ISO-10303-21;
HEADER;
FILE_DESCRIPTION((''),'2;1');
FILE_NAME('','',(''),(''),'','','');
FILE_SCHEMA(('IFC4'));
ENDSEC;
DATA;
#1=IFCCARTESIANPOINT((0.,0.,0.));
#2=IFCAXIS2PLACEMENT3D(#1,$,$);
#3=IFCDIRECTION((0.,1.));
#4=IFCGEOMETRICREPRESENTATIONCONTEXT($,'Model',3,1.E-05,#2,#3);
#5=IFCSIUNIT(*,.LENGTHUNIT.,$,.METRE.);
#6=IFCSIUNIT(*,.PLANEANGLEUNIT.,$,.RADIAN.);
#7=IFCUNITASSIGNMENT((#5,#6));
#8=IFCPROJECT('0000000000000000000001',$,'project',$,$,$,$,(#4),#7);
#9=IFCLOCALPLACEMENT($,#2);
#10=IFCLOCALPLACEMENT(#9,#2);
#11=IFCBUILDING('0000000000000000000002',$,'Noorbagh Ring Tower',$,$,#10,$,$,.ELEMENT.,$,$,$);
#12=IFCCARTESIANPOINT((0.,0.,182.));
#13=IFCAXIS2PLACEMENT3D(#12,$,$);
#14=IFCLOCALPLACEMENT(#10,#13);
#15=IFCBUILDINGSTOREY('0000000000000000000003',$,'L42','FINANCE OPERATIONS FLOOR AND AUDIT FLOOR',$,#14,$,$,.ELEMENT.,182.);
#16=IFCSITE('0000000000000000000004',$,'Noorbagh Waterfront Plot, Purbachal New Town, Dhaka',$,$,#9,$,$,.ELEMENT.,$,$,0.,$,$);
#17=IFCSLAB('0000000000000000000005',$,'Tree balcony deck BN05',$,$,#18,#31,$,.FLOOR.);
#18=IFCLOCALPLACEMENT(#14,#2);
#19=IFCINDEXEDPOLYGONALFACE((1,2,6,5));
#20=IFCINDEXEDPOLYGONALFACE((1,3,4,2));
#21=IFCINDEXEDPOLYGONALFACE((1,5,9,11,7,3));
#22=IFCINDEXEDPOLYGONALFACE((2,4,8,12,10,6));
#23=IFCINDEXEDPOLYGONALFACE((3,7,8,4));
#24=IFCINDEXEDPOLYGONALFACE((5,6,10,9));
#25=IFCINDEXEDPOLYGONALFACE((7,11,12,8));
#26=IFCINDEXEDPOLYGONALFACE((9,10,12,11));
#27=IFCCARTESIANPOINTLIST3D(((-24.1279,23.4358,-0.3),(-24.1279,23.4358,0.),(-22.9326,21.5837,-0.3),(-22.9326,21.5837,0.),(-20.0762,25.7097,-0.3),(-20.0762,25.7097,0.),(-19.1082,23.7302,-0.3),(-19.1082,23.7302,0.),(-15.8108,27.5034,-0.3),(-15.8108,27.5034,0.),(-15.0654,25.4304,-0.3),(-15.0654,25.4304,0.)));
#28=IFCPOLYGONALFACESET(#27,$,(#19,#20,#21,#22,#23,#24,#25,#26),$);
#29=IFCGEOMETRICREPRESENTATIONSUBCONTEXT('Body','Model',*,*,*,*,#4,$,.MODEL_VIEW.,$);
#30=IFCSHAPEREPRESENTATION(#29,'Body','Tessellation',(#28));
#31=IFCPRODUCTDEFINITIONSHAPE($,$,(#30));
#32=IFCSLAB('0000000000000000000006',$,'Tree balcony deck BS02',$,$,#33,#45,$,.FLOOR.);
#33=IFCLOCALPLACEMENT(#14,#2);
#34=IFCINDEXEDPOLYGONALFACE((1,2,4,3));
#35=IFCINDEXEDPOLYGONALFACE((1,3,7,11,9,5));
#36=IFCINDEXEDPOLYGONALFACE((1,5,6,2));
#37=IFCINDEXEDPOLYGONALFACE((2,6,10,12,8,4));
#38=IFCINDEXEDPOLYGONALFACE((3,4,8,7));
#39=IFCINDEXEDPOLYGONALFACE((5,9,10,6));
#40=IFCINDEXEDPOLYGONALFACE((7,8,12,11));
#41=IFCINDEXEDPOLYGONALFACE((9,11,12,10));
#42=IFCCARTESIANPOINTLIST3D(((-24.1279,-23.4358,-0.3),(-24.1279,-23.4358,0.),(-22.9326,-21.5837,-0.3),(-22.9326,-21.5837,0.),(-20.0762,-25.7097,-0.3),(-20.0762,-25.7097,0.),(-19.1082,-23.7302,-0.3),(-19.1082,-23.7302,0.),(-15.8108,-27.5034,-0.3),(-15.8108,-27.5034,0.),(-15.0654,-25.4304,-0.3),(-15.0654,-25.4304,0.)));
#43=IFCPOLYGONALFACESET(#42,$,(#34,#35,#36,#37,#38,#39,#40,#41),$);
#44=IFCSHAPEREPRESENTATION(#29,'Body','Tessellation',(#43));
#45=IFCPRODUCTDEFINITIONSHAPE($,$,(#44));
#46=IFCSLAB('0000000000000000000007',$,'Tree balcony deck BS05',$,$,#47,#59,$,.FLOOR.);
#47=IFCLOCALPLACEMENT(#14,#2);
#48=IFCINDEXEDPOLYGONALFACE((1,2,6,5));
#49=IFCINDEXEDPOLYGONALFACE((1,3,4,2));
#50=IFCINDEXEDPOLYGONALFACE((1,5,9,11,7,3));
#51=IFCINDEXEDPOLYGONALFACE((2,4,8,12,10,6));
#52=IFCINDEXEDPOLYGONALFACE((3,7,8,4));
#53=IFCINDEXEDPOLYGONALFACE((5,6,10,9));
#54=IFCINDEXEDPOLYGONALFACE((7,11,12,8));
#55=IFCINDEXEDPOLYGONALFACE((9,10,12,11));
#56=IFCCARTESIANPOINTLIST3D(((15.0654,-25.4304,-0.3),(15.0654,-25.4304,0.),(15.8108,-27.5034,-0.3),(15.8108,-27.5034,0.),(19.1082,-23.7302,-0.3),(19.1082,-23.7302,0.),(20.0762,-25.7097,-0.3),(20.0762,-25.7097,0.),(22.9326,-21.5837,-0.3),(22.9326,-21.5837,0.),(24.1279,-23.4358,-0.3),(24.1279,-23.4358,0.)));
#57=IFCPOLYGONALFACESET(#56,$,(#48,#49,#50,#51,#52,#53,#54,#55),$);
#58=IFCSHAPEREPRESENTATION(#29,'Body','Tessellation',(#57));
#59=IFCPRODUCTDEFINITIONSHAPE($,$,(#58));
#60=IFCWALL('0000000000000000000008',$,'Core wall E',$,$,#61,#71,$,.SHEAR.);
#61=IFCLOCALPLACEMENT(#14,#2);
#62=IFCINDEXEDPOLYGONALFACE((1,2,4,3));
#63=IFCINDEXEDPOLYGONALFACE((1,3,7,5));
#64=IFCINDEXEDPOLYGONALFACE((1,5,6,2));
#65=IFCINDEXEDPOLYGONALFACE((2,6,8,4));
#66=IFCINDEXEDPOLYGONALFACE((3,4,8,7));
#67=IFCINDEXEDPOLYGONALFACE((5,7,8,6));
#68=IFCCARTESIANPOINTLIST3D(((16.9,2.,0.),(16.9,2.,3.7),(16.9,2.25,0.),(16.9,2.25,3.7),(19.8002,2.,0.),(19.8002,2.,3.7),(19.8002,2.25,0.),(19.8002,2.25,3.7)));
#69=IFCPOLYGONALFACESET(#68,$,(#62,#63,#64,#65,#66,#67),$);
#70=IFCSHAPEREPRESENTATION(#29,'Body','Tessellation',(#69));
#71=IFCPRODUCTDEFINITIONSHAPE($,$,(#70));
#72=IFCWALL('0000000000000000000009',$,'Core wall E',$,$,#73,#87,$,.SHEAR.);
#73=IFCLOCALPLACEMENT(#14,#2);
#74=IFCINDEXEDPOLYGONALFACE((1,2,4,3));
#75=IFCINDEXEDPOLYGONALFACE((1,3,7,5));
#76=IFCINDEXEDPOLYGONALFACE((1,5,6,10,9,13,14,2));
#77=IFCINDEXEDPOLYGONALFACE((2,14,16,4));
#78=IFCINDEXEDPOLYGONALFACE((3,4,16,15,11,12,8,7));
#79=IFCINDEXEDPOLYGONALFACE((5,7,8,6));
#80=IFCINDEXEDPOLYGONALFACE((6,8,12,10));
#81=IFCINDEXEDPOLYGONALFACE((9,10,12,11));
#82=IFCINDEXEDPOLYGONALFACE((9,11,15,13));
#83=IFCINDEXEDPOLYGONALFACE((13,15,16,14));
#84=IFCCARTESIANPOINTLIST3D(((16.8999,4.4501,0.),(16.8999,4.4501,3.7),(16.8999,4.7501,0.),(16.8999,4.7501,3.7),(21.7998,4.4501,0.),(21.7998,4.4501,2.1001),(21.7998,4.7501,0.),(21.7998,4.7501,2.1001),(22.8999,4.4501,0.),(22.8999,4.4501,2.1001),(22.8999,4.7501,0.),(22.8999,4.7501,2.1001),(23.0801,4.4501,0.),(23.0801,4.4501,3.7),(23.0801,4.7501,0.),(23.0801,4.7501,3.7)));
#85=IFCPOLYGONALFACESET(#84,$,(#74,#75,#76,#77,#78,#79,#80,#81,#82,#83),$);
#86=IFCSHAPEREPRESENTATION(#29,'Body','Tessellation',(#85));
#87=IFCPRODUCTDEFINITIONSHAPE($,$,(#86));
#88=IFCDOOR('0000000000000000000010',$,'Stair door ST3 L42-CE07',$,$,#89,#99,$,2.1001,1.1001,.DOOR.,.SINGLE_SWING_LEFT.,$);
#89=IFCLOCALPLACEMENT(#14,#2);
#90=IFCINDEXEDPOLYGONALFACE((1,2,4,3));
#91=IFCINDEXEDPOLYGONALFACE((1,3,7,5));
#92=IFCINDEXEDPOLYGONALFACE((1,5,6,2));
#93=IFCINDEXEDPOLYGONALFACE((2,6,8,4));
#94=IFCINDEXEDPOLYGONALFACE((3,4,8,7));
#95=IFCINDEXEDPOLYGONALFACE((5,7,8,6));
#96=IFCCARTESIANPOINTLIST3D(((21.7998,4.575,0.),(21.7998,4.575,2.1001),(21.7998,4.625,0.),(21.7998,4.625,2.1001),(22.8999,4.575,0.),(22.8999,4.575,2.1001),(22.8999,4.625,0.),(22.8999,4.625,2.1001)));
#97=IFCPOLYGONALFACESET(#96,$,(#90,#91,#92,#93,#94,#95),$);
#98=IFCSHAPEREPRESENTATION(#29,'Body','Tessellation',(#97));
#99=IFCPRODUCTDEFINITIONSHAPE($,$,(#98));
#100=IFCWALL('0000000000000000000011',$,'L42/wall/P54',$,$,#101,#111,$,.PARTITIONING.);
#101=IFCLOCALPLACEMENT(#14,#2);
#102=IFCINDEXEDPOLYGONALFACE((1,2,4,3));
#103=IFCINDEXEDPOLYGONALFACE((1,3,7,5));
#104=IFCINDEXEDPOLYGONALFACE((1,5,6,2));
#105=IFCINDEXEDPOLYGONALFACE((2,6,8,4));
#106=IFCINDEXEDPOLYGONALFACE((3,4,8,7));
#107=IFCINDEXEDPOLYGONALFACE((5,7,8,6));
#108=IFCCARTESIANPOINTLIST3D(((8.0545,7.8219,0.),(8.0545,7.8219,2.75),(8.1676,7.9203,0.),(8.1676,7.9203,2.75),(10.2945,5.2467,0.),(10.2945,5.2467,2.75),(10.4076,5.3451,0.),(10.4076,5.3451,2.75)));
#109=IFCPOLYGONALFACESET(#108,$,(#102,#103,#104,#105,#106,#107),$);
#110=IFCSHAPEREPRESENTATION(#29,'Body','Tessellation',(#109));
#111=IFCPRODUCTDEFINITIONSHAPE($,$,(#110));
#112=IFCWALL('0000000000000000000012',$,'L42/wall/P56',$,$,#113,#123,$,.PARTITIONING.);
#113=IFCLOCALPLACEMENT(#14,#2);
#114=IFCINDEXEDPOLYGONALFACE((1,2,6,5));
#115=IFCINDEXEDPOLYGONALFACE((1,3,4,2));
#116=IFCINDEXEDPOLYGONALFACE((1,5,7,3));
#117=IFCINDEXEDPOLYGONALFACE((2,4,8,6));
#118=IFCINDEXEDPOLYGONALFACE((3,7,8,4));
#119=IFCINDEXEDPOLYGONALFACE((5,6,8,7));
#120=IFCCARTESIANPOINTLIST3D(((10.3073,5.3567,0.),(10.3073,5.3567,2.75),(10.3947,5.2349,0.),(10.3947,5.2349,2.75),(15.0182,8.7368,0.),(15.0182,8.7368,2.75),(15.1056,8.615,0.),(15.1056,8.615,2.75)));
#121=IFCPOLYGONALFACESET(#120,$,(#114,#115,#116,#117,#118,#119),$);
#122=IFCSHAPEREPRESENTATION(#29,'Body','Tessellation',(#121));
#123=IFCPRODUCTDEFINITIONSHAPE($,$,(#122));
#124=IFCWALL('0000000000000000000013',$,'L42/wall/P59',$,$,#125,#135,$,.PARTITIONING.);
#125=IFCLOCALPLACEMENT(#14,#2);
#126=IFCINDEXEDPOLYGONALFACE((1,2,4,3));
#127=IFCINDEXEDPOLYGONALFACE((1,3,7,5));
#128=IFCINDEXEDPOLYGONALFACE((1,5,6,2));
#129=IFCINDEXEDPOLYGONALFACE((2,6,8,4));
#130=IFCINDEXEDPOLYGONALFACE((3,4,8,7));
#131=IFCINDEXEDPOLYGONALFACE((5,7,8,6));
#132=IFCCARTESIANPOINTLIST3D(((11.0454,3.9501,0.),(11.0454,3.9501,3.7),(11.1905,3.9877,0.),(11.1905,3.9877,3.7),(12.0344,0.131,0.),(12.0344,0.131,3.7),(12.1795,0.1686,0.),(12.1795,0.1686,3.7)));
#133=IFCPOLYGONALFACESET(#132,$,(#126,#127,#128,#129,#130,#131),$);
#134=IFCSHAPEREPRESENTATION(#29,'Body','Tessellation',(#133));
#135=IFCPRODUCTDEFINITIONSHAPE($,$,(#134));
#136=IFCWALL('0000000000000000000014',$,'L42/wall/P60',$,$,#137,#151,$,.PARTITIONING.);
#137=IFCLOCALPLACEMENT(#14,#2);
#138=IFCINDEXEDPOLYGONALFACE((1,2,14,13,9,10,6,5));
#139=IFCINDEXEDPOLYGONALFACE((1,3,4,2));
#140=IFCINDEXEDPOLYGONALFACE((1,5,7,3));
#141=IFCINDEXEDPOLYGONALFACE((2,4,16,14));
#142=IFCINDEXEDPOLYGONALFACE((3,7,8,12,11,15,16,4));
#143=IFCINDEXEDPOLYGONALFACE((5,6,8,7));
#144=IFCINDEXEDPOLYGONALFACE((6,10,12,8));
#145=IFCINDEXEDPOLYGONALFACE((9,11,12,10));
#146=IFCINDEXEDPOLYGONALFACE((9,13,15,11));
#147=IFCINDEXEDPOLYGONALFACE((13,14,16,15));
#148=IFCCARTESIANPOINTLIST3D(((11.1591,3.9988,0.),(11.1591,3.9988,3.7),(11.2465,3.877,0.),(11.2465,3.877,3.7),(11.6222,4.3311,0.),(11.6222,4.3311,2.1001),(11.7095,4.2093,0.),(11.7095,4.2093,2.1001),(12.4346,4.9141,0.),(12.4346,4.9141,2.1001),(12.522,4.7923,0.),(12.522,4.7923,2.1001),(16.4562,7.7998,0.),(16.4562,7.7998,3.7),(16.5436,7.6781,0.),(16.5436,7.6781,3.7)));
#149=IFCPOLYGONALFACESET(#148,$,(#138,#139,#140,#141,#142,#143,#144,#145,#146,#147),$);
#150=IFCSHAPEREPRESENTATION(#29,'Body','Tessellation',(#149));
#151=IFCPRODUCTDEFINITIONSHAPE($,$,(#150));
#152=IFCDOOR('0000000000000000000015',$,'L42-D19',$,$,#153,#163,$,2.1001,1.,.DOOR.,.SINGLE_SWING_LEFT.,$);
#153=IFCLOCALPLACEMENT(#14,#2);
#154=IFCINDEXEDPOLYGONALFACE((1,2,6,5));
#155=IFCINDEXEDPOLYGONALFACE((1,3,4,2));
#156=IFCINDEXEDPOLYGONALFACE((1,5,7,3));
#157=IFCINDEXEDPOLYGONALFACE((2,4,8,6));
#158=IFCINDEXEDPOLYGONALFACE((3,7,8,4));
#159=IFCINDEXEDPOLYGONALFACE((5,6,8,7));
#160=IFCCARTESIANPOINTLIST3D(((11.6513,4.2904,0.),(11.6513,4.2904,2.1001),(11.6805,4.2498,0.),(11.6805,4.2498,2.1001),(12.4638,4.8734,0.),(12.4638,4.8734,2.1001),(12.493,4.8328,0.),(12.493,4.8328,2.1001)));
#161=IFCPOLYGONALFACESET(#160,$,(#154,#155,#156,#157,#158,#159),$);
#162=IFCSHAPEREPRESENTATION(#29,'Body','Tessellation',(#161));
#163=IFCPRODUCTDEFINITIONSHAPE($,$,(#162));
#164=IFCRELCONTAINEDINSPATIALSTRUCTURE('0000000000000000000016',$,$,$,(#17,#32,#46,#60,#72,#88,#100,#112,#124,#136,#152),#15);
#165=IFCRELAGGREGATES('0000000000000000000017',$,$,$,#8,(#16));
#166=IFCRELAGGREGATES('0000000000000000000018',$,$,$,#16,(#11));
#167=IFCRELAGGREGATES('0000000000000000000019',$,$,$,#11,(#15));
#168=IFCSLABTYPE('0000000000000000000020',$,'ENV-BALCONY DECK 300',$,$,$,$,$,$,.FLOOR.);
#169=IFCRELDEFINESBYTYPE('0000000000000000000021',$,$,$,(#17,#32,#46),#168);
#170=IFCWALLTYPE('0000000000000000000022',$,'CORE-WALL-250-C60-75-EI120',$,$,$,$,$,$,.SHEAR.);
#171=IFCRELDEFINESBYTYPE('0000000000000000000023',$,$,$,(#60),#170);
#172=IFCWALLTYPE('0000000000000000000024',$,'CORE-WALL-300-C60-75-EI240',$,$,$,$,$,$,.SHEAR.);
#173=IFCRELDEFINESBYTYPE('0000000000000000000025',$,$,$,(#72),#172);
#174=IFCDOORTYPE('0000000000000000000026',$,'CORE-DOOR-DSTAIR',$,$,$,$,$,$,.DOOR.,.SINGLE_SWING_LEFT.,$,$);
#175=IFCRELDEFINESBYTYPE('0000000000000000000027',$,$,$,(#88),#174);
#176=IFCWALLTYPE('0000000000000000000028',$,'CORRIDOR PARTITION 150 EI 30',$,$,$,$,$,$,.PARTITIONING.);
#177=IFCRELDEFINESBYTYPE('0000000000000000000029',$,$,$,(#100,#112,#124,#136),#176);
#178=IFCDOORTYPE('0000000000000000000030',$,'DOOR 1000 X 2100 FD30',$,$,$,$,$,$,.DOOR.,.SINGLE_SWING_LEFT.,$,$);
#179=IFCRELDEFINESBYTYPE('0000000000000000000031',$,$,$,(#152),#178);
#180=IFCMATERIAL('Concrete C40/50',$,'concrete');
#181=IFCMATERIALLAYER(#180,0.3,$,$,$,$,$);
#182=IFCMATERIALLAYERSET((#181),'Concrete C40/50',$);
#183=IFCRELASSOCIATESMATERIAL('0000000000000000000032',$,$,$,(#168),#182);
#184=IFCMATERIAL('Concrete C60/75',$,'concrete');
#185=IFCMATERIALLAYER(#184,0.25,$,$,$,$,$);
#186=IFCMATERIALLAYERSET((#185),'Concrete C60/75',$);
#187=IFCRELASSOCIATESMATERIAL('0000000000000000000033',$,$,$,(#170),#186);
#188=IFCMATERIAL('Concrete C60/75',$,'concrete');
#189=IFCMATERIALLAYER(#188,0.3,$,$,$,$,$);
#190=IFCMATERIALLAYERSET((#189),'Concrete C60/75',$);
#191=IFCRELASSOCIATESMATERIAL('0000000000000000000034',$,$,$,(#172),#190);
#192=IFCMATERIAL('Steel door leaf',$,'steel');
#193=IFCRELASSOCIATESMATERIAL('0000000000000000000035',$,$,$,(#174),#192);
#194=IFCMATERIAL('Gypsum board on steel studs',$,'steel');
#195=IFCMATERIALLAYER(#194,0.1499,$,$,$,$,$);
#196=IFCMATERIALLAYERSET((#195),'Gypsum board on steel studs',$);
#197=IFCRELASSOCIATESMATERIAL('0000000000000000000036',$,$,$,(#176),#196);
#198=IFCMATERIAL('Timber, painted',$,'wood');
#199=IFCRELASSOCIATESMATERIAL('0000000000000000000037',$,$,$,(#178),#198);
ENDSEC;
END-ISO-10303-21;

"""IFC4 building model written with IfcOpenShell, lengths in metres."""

from ifc_helpers import new_model, si_unit, direction, frame, frame_2d, origin, place, context, subcontext, project, spatial, polyline, rectangle, outline, extrude, material, layer, layer_set, type_object, element, fill, save


model = new_model("IFC4")

# Units and contexts
model_context = context("Model", 3, precision=1e-05, world=origin(), true_north=direction((0.0, 1.0)))
body_context = subcontext(model_context, "Body", "Model", "MODEL_VIEW")
ifc_project = project(units=[si_unit("LENGTHUNIT", "METRE"), si_unit("PLANEANGLEUNIT", "RADIAN")], contexts=[model_context])

# Site, building, storey
site_placement = place(None, origin())
site = spatial("IfcSite", under=ifc_project, at=site_placement, Name="Noorbagh Waterfront Plot, Purbachal New Town, Dhaka", CompositionType="ELEMENT", RefElevation=0.0)
building_placement = place(site_placement, origin())
building = spatial("IfcBuilding", under=site, at=building_placement, Name="Noorbagh Ring Tower", CompositionType="ELEMENT")
storey_placement = place(building_placement, frame((0.0, 0.0, 182.0)))
storey = spatial("IfcBuildingStorey", under=building, at=storey_placement, Name="L42", Description="FINANCE OPERATIONS FLOOR AND AUDIT FLOOR", CompositionType="ELEMENT", Elevation=182.0)

# Slabs
ifc_material_1 = material(Name="Concrete C40/50", Category="concrete")
ifc_layer_1 = layer(ifc_material_1, 0.3)
ifc_layer_set_1 = layer_set([ifc_layer_1], Name="Concrete C40/50")
slab_type = type_object("IfcSlabType", Name="ENV-BALCONY DECK 300", PredefinedType="FLOOR", material=ifc_layer_set_1)
slab_1_placement = place(storey_placement, frame((0.0, 0.0, -0.3)))
element("IfcSlab", 1, at=slab_1_placement, inside=storey, type_object=slab_type, Name="Tree balcony deck BN05", PredefinedType="FLOOR", context=body_context, shape_type="SweptSolid", body=[
    extrude(outline(polyline([(-15.8108, 27.5034), (-20.0762, 25.7097), (-24.1279, 23.4358), (-22.9326, 21.5837), (-19.1082, 23.7302), (-15.0654, 25.4304), (-15.8108, 27.5034)])), origin(), (0.0, 0.0, 1.0), 0.3),
])
slab_2_placement = place(storey_placement, frame((0.0, 0.0, -0.3)))
element("IfcSlab", 2, at=slab_2_placement, inside=storey, type_object=slab_type, Name="Tree balcony deck BS02", PredefinedType="FLOOR", context=body_context, shape_type="SweptSolid", body=[
    extrude(outline(polyline([(-24.1279, -23.4358), (-20.0762, -25.7097), (-15.8108, -27.5034), (-15.0654, -25.4304), (-19.1082, -23.7302), (-22.9326, -21.5837), (-24.1279, -23.4358)])), origin(), (0.0, 0.0, 1.0), 0.3),
])
slab_3_placement = place(storey_placement, frame((0.0, 0.0, -0.3)))
element("IfcSlab", 3, at=slab_3_placement, inside=storey, type_object=slab_type, Name="Tree balcony deck BS05", PredefinedType="FLOOR", context=body_context, shape_type="SweptSolid", body=[
    extrude(outline(polyline([(15.8108, -27.5034), (20.0762, -25.7097), (24.1279, -23.4358), (22.9326, -21.5837), (19.1082, -23.7302), (15.0654, -25.4304), (15.8108, -27.5034)])), origin(), (0.0, 0.0, 1.0), 0.3),
])

# Wall
ifc_material_2 = material(Name="Concrete C60/75", Category="concrete")
ifc_layer_2 = layer(ifc_material_2, 0.25)
ifc_layer_set_2 = layer_set([ifc_layer_2], Name="Concrete C60/75")
wall_type_1 = type_object("IfcWallType", Name="CORE-WALL-250-C60-75-EI120", PredefinedType="SHEAR", material=ifc_layer_set_2)
wall_1_placement = place(storey_placement, frame((16.8999, 2.125, 0.0), z_axis=(0.0, 0.0, 1.0), x_axis=(1.0, 0.0, 0.0)))
element("IfcWall", 4, at=wall_1_placement, inside=storey, type_object=wall_type_1, Name="Core wall E", PredefinedType="SHEAR", context=body_context, shape_type="SweptSolid", body=[
    extrude(rectangle(XDim=2.9001, YDim=0.25, at=frame_2d((1.4502, 0.0))), origin(), (0.0, 0.0, 1.0), 3.7),
])

# Wall, opening, door
ifc_material_3 = material(Name="Concrete C60/75", Category="concrete")
ifc_layer_3 = layer(ifc_material_3, 0.3)
ifc_layer_set_3 = layer_set([ifc_layer_3], Name="Concrete C60/75")
wall_type_2 = type_object("IfcWallType", Name="CORE-WALL-300-C60-75-EI240", PredefinedType="SHEAR", material=ifc_layer_set_3)
wall_2_placement = place(storey_placement, frame((16.8999, 4.6001, 0.0), z_axis=(0.0, 0.0, 1.0), x_axis=(1.0, 0.0, 0.0)))
wall_2 = element("IfcWall", 5, at=wall_2_placement, inside=storey, type_object=wall_type_2, Name="Core wall E", PredefinedType="SHEAR", context=body_context, shape_type="SweptSolid", body=[
    extrude(rectangle(XDim=6.1802, YDim=0.3, at=frame_2d((3.0901, 0.0))), origin(), (0.0, 0.0, 1.0), 3.7),
])
opening_1_placement = place(wall_2_placement, frame((4.8999, 0.0, 0.0)))
opening_1 = element("IfcOpeningElement", 6, at=opening_1_placement, cuts=wall_2, PredefinedType="OPENING", context=body_context, shape_type="SweptSolid", body=[
    extrude(rectangle(XDim=1.1001, YDim=2.1001, at=frame_2d((0.55, 1.05))), frame((0.0, 0.1602, 0.0), z_axis=(0.0, -1.0, 0.0), x_axis=(1.0, 0.0, 0.0)), (0.0, 0.0, 1.0), 0.3201),
])
ifc_material_4 = material(Name="Steel door leaf", Category="steel")
door_type_1 = type_object("IfcDoorType", Name="CORE-DOOR-DSTAIR", OperationType="SINGLE_SWING_LEFT", PredefinedType="DOOR", material=ifc_material_4)
door_1_placement = place(opening_1_placement, origin())
door_1 = element("IfcDoor", 7, at=door_1_placement, inside=storey, type_object=door_type_1, Name="Stair door ST3 L42-CE07", OperationType="SINGLE_SWING_LEFT", OverallHeight=2.1001, OverallWidth=1.1001, PredefinedType="DOOR", context=body_context, shape_type="SweptSolid", body=[
    extrude(rectangle(XDim=1.1001, YDim=2.1001, at=frame_2d((0.55, 1.05))), frame((0.0, 0.0249, 0.0), z_axis=(0.0, -1.0, 0.0), x_axis=(1.0, 0.0, 0.0)), (0.0, 0.0, 1.0), 0.05),
])
fill(opening_1, door_1)

# Walls
ifc_material_5 = material(Name="Gypsum board on steel studs", Category="steel")
ifc_layer_4 = layer(ifc_material_5, 0.1499)
ifc_layer_set_4 = layer_set([ifc_layer_4], Name="Gypsum board on steel studs")
wall_type_3 = type_object("IfcWallType", Name="CORRIDOR PARTITION 150 EI 30", PredefinedType="PARTITIONING", material=ifc_layer_set_4)
wall_3_placement = place(storey_placement, frame((8.1111, 7.8711, 0.0), z_axis=(0.0, 0.0, 1.0), x_axis=(0.656294, -0.754505, 0.0)))
element("IfcWall", 8, at=wall_3_placement, inside=storey, type_object=wall_type_3, Name="L42/wall/P54", PredefinedType="PARTITIONING", context=body_context, shape_type="SweptSolid", body=[
    extrude(rectangle(XDim=3.4131, YDim=0.1499, at=frame_2d((1.7065, 0.0))), origin(), (0.0, 0.0, 1.0), 2.75),
])
wall_4_placement = place(storey_placement, frame((10.3511, 5.2959, 0.0), z_axis=(0.0, 0.0, 1.0), x_axis=(0.812494, 0.58297, 0.0)))
element("IfcWall", 9, at=wall_4_placement, inside=storey, type_object=wall_type_3, Name="L42/wall/P56", PredefinedType="PARTITIONING", context=body_context, shape_type="SweptSolid", body=[
    extrude(rectangle(XDim=5.7981, YDim=0.1499, at=frame_2d((2.8989, 0.0))), origin(), (0.0, 0.0, 1.0), 2.75),
])
wall_5_placement = place(storey_placement, frame((11.1179, 3.969, 0.0), z_axis=(0.0, 0.0, 1.0), x_axis=(0.250696, -0.968066, 0.0)))
element("IfcWall", 10, at=wall_5_placement, inside=storey, type_object=wall_type_3, Name="L42/wall/P59", PredefinedType="PARTITIONING", context=body_context, shape_type="SweptSolid", body=[
    extrude(rectangle(XDim=3.9451, YDim=0.1499, at=frame_2d((1.9727, 0.0))), origin(), (0.0, 0.0, 1.0), 3.7),
])

# Wall, opening, door
wall_6_placement = place(storey_placement, frame((11.2029, 3.938, 0.0), z_axis=(0.0, 0.0, 1.0), x_axis=(0.812472, 0.583001, 0.0)))
wall_6 = element("IfcWall", 11, at=wall_6_placement, inside=storey, type_object=wall_type_3, Name="L42/wall/P60", PredefinedType="PARTITIONING", context=body_context, shape_type="SweptSolid", body=[
    extrude(rectangle(XDim=6.5198, YDim=0.1499, at=frame_2d((3.2598, 0.0))), origin(), (0.0, 0.0, 1.0), 3.7),
])
opening_2_placement = place(wall_6_placement, frame((0.5698, 0.0, 0.0)))
opening_2 = element("IfcOpeningElement", 12, at=opening_2_placement, cuts=wall_6, PredefinedType="OPENING", context=body_context, shape_type="SweptSolid", body=[
    extrude(rectangle(XDim=1.0, YDim=2.1001, at=frame_2d((0.5, 1.05))), frame((0.0, 0.085, 0.0), z_axis=(0.0, -1.0, 0.0), x_axis=(1.0, 0.0, 0.0)), (0.0, 0.0, 1.0), 0.1699),
])
ifc_material_6 = material(Name="Timber, painted", Category="wood")
door_type_2 = type_object("IfcDoorType", Name="DOOR 1000 X 2100 FD30", OperationType="SINGLE_SWING_LEFT", PredefinedType="DOOR", material=ifc_material_6)
door_2_placement = place(opening_2_placement, origin())
door_2 = element("IfcDoor", 13, at=door_2_placement, inside=storey, type_object=door_type_2, Name="L42-D19", OperationType="SINGLE_SWING_LEFT", OverallHeight=2.1001, OverallWidth=1.0, PredefinedType="DOOR", context=body_context, shape_type="SweptSolid", body=[
    extrude(rectangle(XDim=1.0, YDim=2.1001, at=frame_2d((0.5, 1.05))), frame((0.0, 0.0249, 0.0), z_axis=(0.0, -1.0, 0.0), x_axis=(1.0, 0.0, 0.0)), (0.0, 0.0, 1.0), 0.05),
])
fill(opening_2, door_2)

save(model, "model.ifc")
